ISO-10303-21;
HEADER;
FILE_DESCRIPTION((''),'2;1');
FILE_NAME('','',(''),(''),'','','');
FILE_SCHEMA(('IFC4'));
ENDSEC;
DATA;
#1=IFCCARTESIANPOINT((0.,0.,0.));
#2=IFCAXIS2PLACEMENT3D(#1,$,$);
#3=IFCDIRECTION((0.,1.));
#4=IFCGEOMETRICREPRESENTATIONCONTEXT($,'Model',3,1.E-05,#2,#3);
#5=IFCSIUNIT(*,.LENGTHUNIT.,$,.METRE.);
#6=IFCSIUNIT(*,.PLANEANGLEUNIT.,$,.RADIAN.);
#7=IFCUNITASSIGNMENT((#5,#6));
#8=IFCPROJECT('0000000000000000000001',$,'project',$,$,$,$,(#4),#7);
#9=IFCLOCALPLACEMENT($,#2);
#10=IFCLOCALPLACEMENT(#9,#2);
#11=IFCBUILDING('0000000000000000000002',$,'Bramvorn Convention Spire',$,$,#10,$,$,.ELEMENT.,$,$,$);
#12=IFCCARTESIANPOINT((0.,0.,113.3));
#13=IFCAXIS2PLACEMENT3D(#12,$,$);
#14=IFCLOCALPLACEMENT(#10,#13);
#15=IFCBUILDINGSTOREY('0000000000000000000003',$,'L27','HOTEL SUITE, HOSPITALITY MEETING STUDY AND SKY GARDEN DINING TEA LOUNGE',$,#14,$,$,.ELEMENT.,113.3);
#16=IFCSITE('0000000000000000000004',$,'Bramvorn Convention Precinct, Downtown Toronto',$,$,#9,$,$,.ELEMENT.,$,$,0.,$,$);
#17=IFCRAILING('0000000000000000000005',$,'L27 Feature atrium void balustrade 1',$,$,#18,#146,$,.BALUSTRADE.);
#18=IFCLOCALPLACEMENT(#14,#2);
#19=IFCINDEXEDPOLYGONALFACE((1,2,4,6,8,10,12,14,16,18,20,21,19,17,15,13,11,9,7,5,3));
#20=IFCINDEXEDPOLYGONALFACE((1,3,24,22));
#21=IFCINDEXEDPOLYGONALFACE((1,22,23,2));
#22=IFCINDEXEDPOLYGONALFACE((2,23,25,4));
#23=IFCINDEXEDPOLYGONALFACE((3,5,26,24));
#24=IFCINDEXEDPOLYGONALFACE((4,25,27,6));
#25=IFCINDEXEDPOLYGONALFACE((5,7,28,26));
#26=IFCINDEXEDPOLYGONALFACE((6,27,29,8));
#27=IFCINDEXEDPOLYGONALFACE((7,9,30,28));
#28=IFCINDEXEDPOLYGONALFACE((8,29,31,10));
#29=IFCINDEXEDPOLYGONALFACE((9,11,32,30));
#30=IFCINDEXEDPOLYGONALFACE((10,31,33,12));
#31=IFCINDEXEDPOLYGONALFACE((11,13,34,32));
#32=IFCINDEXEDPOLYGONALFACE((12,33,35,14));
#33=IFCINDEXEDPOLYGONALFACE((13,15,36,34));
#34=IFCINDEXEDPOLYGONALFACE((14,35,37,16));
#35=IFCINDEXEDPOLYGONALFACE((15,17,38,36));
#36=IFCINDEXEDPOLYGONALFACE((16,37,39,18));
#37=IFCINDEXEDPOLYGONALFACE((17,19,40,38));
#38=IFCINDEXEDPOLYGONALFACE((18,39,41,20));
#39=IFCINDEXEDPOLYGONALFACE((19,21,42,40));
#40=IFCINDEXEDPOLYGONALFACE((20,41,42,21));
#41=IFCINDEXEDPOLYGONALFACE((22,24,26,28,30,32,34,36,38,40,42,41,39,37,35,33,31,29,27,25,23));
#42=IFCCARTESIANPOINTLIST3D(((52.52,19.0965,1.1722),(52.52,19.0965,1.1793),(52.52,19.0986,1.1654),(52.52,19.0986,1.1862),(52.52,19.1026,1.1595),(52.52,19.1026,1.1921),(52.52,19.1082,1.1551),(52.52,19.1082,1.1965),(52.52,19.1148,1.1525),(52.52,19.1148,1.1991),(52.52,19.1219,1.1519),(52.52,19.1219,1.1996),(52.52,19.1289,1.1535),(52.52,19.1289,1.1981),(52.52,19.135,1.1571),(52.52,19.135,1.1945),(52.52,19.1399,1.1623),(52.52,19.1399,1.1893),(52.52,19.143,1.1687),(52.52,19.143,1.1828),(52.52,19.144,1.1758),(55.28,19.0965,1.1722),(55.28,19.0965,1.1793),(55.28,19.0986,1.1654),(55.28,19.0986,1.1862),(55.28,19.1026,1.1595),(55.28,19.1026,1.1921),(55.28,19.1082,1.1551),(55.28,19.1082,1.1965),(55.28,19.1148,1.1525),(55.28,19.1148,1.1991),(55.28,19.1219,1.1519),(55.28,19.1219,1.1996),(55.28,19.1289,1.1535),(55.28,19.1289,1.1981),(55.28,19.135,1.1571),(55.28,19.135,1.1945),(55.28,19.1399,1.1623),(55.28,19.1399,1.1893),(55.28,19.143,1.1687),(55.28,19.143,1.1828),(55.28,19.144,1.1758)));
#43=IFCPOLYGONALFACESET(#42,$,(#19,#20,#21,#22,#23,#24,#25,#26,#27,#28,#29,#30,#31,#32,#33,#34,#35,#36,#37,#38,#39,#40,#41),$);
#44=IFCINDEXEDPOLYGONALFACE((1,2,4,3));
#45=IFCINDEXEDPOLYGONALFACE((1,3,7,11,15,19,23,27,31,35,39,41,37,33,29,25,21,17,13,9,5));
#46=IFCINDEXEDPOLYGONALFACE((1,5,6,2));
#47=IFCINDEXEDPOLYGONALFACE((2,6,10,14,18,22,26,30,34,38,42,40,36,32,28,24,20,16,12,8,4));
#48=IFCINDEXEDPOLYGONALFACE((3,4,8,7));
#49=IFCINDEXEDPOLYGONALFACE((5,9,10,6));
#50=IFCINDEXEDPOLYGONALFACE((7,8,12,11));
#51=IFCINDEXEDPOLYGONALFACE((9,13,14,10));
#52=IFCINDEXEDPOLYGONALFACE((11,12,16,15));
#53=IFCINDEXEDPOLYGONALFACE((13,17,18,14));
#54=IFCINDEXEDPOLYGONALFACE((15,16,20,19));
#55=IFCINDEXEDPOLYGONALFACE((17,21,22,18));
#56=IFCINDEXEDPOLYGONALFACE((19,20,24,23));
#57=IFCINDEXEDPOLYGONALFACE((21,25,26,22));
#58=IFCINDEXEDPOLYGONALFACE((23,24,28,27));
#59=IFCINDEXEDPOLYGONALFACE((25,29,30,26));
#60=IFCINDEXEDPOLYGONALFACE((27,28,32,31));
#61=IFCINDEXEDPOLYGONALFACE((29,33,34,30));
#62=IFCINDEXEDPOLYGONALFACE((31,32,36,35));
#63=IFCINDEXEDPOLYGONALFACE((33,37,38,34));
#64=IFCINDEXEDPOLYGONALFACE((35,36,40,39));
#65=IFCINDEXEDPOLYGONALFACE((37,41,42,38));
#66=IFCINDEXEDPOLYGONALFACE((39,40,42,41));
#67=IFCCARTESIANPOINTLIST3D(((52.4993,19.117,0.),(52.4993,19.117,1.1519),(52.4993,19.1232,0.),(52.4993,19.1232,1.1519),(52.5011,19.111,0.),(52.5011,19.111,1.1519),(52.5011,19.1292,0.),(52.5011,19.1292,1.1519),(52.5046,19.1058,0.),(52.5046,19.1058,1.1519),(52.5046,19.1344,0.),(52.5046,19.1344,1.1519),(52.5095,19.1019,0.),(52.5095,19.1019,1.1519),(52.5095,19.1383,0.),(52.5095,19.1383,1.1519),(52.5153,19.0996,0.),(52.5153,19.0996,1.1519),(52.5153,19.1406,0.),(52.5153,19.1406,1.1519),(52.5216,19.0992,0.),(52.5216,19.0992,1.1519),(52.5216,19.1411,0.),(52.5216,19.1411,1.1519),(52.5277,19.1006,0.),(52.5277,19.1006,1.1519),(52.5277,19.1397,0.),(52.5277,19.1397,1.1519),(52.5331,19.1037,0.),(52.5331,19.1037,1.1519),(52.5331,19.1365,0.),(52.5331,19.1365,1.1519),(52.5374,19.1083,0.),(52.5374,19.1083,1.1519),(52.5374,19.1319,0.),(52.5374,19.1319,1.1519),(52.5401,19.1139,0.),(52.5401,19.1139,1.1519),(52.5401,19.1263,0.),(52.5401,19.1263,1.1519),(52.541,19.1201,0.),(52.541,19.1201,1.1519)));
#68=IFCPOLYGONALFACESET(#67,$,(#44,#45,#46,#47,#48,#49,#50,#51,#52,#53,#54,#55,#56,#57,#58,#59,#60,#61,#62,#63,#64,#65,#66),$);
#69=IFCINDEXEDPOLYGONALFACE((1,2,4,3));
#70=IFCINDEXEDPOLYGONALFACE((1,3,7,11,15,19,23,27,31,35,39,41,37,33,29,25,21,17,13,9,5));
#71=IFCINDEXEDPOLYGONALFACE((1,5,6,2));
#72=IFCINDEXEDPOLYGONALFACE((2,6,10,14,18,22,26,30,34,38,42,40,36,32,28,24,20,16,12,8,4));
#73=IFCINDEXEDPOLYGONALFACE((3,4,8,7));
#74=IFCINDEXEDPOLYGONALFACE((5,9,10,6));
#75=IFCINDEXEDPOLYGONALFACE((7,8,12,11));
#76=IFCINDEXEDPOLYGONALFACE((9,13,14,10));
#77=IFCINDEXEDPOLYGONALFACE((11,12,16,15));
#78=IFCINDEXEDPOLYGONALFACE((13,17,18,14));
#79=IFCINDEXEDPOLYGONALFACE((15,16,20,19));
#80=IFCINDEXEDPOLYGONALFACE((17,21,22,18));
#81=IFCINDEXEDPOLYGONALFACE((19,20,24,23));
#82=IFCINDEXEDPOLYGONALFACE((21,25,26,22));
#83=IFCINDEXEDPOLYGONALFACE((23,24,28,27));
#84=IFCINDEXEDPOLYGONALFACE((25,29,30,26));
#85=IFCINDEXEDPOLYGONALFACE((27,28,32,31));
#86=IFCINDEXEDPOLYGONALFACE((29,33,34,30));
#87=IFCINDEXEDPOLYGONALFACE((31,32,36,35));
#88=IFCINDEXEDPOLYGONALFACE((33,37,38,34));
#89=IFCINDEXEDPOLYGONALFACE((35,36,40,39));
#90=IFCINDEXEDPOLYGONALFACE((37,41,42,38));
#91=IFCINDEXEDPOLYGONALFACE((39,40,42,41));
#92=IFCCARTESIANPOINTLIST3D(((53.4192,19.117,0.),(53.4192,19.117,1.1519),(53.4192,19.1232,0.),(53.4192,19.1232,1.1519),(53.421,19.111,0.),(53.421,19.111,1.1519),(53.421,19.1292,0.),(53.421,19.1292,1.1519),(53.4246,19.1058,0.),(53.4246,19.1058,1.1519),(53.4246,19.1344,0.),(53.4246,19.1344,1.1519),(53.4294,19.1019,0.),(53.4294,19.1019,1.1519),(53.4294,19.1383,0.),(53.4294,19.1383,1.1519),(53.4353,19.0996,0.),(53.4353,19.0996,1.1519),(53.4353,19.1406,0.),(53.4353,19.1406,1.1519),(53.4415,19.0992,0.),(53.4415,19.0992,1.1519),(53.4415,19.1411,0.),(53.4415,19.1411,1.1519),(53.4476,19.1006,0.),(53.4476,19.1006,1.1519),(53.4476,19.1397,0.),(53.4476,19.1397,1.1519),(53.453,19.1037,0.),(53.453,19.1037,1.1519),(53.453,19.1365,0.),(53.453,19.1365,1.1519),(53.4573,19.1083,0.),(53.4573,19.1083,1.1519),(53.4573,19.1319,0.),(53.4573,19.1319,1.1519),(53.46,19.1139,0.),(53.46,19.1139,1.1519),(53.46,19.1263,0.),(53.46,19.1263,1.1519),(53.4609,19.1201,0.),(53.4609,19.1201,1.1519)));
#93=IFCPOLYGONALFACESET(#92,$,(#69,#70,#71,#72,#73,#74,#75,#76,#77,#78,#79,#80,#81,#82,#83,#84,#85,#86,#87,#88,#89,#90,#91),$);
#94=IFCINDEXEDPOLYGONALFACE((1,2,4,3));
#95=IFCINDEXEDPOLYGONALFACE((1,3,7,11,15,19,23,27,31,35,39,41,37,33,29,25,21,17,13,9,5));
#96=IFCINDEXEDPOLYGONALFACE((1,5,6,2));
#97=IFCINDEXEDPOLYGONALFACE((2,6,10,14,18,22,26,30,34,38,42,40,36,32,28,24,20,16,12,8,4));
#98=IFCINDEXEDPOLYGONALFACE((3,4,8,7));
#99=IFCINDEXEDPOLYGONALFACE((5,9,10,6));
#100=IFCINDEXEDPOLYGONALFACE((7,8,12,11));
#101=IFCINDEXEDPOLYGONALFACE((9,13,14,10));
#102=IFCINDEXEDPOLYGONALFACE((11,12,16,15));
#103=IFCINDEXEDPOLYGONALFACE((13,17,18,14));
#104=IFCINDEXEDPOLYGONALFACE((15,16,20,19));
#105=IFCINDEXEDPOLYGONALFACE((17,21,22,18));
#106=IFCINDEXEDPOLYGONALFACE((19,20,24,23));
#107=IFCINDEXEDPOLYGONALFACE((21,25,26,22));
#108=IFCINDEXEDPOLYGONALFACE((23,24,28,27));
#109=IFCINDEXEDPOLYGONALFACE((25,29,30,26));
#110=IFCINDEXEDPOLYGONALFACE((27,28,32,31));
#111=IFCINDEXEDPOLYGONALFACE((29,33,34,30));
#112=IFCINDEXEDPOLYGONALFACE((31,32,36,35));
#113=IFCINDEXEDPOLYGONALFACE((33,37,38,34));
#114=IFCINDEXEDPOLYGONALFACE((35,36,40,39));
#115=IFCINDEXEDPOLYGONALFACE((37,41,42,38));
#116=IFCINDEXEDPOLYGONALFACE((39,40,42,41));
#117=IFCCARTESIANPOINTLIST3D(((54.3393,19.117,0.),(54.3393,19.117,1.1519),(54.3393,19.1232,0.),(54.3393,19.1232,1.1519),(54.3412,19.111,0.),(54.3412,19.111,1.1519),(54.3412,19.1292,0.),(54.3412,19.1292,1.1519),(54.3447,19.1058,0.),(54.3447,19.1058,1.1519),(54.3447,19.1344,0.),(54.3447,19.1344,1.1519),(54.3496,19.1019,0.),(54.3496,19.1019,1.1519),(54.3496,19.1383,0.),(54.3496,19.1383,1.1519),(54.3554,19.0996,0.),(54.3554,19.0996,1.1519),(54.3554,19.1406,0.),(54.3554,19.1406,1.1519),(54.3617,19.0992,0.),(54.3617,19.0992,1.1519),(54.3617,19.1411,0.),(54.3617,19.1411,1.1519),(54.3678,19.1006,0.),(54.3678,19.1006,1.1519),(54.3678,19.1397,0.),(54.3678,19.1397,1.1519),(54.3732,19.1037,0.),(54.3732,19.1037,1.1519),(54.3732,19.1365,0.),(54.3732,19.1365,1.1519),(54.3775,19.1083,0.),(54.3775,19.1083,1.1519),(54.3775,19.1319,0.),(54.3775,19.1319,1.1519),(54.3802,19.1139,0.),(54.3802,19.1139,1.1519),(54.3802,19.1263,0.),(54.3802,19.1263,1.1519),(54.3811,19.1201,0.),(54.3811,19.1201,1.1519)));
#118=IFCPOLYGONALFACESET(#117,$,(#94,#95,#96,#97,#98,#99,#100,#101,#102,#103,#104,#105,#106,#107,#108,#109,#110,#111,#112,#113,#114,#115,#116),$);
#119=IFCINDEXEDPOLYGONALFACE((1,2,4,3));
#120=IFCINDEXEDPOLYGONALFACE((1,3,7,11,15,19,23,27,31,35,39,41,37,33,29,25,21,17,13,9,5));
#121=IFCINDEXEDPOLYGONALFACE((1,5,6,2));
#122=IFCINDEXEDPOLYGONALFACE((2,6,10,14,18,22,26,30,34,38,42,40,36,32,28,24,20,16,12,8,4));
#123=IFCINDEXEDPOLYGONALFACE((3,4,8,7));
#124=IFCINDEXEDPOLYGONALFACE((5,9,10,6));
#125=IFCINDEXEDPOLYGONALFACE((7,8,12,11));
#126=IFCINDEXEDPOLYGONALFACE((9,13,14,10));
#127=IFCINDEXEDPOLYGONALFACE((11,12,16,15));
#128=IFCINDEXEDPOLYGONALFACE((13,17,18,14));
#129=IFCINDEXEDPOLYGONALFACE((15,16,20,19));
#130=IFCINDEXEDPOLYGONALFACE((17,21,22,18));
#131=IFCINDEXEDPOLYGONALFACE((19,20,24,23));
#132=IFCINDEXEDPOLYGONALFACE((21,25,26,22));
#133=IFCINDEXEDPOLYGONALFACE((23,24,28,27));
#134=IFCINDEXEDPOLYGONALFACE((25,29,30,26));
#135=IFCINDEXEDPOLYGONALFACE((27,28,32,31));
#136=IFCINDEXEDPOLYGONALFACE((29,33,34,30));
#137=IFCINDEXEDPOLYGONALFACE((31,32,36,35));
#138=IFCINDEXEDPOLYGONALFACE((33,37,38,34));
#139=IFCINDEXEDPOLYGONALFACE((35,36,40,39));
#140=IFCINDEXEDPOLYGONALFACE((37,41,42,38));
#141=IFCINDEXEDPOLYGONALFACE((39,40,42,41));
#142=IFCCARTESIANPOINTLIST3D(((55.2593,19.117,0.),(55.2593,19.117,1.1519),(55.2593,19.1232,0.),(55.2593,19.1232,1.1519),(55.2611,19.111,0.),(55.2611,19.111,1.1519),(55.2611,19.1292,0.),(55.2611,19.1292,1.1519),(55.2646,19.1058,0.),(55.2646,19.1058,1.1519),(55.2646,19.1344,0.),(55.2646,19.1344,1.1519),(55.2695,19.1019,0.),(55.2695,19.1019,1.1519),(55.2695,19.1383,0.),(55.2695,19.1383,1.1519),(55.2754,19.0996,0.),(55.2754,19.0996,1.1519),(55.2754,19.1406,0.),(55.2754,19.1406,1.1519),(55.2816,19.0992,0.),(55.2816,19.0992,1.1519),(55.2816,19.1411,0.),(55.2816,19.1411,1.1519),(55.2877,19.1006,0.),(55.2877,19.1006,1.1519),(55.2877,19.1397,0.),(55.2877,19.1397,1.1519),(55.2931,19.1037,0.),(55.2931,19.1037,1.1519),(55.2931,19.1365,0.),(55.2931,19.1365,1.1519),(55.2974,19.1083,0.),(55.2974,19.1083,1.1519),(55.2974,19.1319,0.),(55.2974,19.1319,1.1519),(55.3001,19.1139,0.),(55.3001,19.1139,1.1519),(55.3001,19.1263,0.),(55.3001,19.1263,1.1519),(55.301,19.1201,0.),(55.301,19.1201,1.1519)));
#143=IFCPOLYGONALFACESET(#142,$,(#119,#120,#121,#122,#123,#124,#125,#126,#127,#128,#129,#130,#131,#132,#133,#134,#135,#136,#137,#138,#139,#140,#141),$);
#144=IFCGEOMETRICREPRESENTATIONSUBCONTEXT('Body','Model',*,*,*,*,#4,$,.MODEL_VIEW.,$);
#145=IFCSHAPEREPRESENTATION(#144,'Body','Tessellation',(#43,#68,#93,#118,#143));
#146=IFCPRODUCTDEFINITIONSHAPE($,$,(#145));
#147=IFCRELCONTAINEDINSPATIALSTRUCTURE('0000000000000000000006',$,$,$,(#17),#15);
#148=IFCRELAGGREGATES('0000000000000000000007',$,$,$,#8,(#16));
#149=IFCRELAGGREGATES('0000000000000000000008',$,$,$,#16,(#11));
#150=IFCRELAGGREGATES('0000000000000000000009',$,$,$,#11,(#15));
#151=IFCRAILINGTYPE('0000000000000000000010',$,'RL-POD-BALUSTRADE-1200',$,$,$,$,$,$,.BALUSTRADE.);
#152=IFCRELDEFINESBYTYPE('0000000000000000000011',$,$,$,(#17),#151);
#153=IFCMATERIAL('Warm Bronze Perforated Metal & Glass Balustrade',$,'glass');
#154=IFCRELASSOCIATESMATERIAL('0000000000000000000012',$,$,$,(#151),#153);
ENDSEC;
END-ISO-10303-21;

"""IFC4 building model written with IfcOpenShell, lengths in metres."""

from ifc_helpers import new_model, si_unit, direction, frame, origin, origin_2d, place, context, subcontext, project, spatial, circle, extrude, material, type_object, element, save


model = new_model("IFC4")

# Units and contexts
model_context = context("Model", 3, precision=1e-05, world=origin(), true_north=direction((0.0, 1.0)))
body_context = subcontext(model_context, "Body", "Model", "MODEL_VIEW")
ifc_project = project(units=[si_unit("LENGTHUNIT", "METRE"), si_unit("PLANEANGLEUNIT", "RADIAN")], contexts=[model_context])

# Site, building, storey
site_placement = place(None, origin())
site = spatial("IfcSite", under=ifc_project, at=site_placement, Name="Bramvorn Convention Precinct, Downtown Toronto", CompositionType="ELEMENT", RefElevation=0.0)
building_placement = place(site_placement, origin())
building = spatial("IfcBuilding", under=site, at=building_placement, Name="Bramvorn Convention Spire", CompositionType="ELEMENT")
storey_placement = place(building_placement, frame((0.0, 0.0, 113.3)))
storey = spatial("IfcBuildingStorey", under=building, at=storey_placement, Name="L27", Description="HOTEL SUITE, HOSPITALITY MEETING STUDY AND SKY GARDEN DINING TEA LOUNGE", CompositionType="ELEMENT", Elevation=113.3)

# Railing
ifc_material_1 = material(Name="Warm Bronze Perforated Metal & Glass Balustrade", Category="glass")
railing_type = type_object("IfcRailingType", Name="RL-POD-BALUSTRADE-1200", PredefinedType="BALUSTRADE", material=ifc_material_1)
railing_1_placement = place(storey_placement, frame((52.52, 19.1201, 0.0)))
element("IfcRailing", 1, at=railing_1_placement, inside=storey, type_object=railing_type, Name="L27 Feature atrium void balustrade 1", PredefinedType="BALUSTRADE", context=body_context, shape_type="SweptSolid", body=[
    extrude(circle(Radius=0.0239, at=origin_2d()), frame((0.0, 0.0, 1.1758), z_axis=(1.0, 0.0, 0.0), x_axis=(0.0, 1.0, 0.0)), (0.0, 0.0, 1.0), 2.76),
    extrude(circle(Radius=0.021, at=origin_2d()), origin(), (0.0, 0.0, 1.0), 1.1519),
    extrude(circle(Radius=0.021, at=origin_2d()), frame((0.9199, 0.0, 0.0)), (0.0, 0.0, 1.0), 1.1519),
    extrude(circle(Radius=0.021, at=origin_2d()), frame((1.8401, 0.0, 0.0)), (0.0, 0.0, 1.0), 1.1519),
    extrude(circle(Radius=0.021, at=origin_2d()), frame((2.76, 0.0, 0.0)), (0.0, 0.0, 1.0), 1.1519),
])

save(model, "model.ifc")
